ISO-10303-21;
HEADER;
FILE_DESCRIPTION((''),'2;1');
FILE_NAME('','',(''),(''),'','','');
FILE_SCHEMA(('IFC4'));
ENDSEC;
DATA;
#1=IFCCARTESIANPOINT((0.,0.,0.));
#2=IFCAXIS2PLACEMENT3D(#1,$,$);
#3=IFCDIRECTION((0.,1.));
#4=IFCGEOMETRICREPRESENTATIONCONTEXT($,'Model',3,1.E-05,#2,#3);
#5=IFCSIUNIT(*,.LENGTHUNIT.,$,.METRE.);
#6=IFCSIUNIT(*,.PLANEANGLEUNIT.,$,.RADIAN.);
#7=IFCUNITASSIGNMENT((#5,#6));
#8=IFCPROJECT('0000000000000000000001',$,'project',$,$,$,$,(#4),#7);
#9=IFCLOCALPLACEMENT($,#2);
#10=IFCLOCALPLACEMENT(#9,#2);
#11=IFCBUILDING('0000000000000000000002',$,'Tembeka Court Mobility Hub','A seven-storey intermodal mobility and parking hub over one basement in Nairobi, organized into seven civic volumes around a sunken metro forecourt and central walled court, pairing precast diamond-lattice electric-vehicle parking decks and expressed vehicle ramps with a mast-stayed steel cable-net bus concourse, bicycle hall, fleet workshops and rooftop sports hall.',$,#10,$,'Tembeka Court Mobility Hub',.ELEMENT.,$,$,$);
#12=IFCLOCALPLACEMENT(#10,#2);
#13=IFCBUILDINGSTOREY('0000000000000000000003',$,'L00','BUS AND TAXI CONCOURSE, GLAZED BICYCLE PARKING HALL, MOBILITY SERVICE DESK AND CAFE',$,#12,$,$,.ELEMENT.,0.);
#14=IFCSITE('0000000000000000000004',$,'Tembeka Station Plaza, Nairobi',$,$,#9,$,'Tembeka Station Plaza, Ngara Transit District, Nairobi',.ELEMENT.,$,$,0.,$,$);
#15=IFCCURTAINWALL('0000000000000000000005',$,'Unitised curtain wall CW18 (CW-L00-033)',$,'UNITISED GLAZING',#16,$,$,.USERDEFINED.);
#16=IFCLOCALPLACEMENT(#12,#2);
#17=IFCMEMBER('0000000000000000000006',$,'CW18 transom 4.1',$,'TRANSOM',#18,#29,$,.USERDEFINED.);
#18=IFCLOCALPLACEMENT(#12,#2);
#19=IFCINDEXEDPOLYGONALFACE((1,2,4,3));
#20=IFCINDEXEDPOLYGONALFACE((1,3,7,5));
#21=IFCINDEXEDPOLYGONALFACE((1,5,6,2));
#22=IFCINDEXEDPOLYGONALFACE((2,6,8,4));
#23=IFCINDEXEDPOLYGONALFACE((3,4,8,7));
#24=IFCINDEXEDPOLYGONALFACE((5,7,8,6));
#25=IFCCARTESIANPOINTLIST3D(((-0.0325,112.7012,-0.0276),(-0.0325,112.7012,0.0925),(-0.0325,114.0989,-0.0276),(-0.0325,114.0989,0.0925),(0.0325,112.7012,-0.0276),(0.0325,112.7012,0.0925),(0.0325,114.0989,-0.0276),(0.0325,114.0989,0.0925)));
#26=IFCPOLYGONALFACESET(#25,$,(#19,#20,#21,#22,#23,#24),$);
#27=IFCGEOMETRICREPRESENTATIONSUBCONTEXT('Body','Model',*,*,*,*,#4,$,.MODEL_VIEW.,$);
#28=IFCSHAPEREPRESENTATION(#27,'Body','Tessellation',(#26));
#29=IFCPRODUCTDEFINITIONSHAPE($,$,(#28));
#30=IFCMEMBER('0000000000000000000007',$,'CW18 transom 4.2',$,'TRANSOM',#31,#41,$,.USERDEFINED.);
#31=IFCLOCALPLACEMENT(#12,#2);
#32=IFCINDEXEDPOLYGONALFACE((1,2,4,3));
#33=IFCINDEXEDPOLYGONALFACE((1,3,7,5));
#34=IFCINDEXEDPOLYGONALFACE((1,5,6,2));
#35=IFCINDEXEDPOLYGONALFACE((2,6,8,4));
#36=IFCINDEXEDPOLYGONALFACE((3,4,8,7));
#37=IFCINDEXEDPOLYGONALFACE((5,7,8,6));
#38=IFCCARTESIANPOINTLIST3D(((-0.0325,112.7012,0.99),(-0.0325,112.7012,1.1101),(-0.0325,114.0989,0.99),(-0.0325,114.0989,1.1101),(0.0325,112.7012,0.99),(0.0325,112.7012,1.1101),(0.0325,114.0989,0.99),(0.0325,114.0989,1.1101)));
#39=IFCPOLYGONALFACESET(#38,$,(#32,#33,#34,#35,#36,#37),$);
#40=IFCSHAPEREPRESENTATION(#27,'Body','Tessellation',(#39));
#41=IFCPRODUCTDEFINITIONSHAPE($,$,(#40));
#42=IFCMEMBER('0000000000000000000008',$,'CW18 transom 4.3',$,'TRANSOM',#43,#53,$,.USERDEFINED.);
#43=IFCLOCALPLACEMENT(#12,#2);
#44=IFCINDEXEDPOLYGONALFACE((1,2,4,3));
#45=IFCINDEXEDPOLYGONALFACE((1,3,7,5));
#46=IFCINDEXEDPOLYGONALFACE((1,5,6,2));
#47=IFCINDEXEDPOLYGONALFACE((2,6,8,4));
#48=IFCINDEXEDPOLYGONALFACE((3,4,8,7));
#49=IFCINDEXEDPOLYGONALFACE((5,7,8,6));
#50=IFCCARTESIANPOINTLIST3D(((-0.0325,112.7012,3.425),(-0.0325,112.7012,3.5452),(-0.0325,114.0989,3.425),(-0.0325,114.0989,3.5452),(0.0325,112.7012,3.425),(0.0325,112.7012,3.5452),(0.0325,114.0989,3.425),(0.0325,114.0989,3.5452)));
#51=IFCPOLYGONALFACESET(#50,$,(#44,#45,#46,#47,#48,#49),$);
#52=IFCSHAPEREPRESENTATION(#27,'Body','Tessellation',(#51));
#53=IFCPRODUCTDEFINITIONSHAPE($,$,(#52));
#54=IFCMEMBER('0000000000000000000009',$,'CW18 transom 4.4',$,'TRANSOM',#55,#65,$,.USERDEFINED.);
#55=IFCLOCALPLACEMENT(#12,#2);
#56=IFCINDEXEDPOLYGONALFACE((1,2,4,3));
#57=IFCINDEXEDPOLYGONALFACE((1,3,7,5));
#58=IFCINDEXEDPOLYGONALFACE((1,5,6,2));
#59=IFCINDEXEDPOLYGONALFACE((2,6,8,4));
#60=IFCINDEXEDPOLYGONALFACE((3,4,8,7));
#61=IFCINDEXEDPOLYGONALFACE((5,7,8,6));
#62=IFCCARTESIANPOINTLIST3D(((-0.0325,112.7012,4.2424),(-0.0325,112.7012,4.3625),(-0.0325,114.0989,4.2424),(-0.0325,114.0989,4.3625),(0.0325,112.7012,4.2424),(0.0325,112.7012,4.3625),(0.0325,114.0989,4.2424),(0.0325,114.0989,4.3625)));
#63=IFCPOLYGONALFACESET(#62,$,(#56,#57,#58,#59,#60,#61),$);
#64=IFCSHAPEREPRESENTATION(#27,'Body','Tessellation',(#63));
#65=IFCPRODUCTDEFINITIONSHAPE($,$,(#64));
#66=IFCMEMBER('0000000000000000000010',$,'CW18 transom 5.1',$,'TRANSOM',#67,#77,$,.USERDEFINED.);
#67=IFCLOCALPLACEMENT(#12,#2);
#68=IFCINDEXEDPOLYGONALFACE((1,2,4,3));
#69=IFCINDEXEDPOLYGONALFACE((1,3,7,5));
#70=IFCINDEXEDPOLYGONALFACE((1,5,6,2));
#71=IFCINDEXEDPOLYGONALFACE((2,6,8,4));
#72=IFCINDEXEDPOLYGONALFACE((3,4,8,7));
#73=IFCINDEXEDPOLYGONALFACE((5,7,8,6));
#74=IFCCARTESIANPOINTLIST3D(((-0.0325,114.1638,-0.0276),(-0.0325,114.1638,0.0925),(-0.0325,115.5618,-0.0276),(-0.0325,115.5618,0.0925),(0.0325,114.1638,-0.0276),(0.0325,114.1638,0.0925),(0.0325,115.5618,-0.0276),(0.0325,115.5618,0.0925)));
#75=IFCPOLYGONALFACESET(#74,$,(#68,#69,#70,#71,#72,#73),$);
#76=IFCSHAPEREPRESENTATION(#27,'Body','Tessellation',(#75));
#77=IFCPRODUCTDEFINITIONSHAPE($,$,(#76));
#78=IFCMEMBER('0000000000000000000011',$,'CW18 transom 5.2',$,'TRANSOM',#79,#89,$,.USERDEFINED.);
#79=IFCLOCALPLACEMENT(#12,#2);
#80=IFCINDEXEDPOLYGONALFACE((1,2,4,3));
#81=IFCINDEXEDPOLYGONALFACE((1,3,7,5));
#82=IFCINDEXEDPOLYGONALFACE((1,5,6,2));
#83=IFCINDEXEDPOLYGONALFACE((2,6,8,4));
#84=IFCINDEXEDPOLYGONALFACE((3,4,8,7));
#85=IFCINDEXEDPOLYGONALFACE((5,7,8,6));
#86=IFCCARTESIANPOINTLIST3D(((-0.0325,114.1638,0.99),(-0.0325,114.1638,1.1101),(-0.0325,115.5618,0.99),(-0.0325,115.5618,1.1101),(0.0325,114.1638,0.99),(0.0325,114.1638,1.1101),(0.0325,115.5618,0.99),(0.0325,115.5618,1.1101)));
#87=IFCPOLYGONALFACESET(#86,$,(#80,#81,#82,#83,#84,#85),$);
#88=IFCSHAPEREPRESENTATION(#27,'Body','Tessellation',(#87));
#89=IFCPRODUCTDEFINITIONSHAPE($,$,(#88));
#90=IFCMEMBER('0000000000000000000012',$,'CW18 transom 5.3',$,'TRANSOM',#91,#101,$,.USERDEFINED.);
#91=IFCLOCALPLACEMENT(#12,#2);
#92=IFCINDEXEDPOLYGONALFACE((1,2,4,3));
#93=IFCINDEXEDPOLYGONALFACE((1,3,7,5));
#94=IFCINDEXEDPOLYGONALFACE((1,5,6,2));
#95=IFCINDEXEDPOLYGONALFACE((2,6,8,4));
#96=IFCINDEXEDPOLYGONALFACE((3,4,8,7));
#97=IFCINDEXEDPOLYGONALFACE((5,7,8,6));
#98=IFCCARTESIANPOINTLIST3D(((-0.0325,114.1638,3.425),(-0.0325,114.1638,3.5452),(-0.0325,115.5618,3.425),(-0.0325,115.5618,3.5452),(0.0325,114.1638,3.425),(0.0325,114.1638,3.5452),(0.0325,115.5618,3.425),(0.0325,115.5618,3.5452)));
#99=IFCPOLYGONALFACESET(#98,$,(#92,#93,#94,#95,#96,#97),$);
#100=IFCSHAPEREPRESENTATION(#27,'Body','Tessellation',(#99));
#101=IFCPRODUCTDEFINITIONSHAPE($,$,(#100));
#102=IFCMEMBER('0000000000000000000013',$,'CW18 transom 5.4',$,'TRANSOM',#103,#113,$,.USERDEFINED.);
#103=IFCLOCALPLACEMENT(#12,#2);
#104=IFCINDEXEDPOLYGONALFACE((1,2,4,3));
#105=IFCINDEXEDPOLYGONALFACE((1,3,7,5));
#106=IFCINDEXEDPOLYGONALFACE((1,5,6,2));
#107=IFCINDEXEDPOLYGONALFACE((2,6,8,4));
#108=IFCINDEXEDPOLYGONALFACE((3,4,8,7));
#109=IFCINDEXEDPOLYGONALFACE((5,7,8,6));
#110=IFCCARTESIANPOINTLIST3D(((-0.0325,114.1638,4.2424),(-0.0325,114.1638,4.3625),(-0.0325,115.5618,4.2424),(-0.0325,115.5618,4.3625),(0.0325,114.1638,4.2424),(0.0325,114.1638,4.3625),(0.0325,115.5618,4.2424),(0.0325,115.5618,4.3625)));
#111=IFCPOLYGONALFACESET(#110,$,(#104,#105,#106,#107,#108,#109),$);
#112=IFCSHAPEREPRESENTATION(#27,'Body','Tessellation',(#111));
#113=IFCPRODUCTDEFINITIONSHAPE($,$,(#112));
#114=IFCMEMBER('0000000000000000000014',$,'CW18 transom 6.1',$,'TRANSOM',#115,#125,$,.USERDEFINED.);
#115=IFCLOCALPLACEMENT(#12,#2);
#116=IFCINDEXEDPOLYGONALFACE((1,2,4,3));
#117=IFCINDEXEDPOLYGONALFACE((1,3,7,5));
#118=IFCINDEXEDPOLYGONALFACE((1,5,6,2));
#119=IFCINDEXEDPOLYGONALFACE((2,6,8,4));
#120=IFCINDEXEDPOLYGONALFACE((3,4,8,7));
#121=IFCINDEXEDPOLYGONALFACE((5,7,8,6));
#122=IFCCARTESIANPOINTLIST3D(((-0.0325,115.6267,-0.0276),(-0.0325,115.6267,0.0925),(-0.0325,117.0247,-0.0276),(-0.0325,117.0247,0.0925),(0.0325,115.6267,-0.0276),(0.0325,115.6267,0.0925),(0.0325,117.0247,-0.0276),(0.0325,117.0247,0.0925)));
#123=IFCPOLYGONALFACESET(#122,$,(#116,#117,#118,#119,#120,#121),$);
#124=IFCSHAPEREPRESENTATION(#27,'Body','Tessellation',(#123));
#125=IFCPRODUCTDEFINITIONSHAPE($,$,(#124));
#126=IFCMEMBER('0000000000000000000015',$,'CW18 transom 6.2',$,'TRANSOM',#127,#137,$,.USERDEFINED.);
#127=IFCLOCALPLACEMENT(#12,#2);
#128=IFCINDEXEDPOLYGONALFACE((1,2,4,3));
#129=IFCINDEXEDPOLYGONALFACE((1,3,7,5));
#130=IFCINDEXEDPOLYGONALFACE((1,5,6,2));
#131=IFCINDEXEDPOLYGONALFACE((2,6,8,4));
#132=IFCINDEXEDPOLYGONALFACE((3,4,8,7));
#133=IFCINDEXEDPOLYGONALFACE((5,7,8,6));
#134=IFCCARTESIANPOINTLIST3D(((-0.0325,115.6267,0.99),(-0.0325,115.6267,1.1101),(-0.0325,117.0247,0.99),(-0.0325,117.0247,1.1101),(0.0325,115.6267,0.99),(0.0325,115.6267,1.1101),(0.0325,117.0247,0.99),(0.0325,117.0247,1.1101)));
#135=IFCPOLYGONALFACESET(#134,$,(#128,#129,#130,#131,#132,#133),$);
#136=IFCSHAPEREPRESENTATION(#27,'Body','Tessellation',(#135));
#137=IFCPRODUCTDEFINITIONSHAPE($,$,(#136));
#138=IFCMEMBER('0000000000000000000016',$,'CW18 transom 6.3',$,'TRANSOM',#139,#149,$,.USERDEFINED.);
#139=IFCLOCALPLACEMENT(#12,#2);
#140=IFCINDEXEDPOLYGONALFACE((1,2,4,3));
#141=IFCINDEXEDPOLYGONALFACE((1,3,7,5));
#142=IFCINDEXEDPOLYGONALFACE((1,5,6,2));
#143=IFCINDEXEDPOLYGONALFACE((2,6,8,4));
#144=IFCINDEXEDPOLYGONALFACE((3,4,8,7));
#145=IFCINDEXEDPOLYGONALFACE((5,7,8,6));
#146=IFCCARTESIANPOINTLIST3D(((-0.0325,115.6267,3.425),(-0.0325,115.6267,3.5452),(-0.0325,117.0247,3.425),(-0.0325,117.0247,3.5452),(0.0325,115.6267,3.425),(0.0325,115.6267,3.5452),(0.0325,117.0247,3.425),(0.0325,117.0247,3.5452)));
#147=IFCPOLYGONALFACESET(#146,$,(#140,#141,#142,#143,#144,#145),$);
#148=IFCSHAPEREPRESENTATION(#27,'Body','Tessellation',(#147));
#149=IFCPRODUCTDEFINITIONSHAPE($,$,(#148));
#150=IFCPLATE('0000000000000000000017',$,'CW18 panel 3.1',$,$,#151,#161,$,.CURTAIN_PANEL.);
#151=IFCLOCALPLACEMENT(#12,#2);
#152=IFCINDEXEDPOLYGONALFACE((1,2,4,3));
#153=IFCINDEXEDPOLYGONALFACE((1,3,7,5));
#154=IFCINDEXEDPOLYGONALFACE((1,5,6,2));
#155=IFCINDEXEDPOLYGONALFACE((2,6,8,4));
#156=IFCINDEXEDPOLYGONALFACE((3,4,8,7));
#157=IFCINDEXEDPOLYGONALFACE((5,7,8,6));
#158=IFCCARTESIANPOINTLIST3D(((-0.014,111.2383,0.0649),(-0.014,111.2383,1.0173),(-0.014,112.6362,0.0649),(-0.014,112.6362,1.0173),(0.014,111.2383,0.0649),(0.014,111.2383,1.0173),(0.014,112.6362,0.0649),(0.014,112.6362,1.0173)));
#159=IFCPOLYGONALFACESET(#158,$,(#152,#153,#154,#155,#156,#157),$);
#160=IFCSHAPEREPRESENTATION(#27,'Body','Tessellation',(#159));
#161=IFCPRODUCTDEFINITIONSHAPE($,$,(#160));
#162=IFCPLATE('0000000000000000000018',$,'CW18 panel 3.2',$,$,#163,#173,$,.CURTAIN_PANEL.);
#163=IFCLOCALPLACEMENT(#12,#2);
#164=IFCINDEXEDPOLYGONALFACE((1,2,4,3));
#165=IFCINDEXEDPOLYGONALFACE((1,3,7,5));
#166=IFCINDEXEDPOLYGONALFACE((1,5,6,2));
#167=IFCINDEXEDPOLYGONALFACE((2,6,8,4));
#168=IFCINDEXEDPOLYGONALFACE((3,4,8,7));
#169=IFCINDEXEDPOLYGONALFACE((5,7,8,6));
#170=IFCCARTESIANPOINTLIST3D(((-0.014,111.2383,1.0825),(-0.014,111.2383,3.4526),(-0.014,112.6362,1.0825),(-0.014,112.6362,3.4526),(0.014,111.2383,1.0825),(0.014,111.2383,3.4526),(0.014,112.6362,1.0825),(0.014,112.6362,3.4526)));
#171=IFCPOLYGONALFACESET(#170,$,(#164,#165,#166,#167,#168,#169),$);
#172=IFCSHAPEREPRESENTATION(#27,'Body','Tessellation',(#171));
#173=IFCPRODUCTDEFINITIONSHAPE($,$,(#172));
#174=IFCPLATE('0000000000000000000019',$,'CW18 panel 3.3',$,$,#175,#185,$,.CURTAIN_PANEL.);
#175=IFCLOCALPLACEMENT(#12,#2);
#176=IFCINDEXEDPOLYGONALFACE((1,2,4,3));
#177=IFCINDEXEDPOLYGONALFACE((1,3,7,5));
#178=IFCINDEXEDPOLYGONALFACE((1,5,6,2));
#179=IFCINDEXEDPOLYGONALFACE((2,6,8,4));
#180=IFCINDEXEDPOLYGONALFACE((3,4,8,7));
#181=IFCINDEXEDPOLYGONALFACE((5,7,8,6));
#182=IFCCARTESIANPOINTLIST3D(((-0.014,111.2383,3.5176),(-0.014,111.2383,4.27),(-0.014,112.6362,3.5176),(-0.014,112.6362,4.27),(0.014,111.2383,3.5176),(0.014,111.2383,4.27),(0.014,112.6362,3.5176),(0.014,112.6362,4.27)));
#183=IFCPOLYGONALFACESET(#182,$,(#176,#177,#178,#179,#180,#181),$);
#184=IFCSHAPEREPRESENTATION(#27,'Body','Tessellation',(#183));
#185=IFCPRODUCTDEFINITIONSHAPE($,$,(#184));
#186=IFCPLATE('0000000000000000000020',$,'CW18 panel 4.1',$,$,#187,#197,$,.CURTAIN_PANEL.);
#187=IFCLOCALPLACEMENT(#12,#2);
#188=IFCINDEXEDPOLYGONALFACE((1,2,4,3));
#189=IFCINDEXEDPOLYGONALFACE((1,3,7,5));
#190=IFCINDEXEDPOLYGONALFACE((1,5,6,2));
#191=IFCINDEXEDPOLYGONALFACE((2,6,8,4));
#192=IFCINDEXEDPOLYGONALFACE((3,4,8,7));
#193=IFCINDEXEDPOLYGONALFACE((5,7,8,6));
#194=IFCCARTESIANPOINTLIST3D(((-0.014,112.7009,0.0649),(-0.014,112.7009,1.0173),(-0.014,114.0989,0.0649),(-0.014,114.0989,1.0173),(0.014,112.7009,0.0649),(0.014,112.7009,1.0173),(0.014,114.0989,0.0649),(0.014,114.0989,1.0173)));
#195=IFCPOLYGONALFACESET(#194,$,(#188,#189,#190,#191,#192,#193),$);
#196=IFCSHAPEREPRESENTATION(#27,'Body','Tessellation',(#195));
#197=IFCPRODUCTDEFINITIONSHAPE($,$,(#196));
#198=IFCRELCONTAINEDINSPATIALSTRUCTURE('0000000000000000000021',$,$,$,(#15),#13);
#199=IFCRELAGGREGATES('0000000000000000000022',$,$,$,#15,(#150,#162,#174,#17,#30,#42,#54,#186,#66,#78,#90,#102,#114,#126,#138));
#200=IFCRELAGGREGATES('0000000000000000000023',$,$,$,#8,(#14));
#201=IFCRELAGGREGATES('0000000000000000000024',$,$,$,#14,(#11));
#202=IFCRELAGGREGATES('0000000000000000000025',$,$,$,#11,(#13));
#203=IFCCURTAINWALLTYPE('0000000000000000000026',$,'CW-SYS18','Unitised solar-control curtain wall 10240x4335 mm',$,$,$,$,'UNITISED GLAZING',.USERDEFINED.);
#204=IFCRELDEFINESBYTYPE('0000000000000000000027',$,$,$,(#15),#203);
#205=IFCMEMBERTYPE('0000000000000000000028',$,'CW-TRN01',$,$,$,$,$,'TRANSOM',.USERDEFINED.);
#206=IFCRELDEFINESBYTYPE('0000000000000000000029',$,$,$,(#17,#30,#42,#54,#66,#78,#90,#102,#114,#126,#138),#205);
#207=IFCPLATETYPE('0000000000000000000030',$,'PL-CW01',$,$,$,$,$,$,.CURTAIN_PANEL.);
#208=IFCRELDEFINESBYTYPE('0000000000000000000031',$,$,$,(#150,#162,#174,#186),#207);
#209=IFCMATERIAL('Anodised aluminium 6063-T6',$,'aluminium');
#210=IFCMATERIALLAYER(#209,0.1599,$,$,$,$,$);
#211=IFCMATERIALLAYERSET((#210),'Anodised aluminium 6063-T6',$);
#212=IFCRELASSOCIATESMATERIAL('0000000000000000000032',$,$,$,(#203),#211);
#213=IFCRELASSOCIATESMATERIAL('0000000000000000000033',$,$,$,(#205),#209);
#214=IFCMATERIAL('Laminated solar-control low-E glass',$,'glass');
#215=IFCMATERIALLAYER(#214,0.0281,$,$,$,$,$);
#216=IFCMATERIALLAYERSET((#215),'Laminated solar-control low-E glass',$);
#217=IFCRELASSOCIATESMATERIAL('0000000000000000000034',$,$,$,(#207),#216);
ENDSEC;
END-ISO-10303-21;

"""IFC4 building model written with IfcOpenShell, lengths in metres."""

from ifc_helpers import new_model, si_unit, direction, frame, origin, origin_2d, place, context, subcontext, project, spatial, rectangle, extrude, material, layer, layer_set, material_profile, profile_set, type_object, element, aggregate, save


model = new_model("IFC4")

# Units and contexts
model_context = context("Model", 3, precision=1e-05, world=origin(), true_north=direction((0.0, 1.0)))
body_context = subcontext(model_context, "Body", "Model", "MODEL_VIEW")
ifc_project = project(units=[si_unit("LENGTHUNIT", "METRE"), si_unit("PLANEANGLEUNIT", "RADIAN")], contexts=[model_context])

# Site, building, storey
site_placement = place(None, origin())
site = spatial("IfcSite", under=ifc_project, at=site_placement, Name="Tembeka Station Plaza, Nairobi", LongName="Tembeka Station Plaza, Ngara Transit District, Nairobi", CompositionType="ELEMENT", RefElevation=0.0)
building_placement = place(site_placement, origin())
building = spatial("IfcBuilding", under=site, at=building_placement, Name="Tembeka Court Mobility Hub", Description="A seven-storey intermodal mobility and parking hub over one basement in Nairobi, organized into seven civic volumes around a sunken metro forecourt and central walled court, pairing precast diamond-lattice electric-vehicle parking decks and expressed vehicle ramps with a mast-stayed steel cable-net bus concourse, bicycle hall, fleet workshops and rooftop sports hall.", LongName="Tembeka Court Mobility Hub", CompositionType="ELEMENT")
storey_placement = place(building_placement, origin())
storey = spatial("IfcBuildingStorey", under=building, at=storey_placement, Name="L00", Description="BUS AND TAXI CONCOURSE, GLAZED BICYCLE PARKING HALL, MOBILITY SERVICE DESK AND CAFE", CompositionType="ELEMENT", Elevation=0.0)

# Curtain wall, members, plates
ifc_material_1 = material(Name="Anodised aluminium 6063-T6", Category="aluminium")
ifc_layer_1 = layer(ifc_material_1, 0.1599)
ifc_layer_set_1 = layer_set([ifc_layer_1], Name="Anodised aluminium 6063-T6")
curtain_wall_type = type_object("IfcCurtainWallType", Name="CW-SYS18", Description="Unitised solar-control curtain wall 10240x4335 mm", ElementType="UNITISED GLAZING", PredefinedType="USERDEFINED", material=ifc_layer_set_1)
curtain_wall_placement = place(storey_placement, origin())
curtain_wall = element("IfcCurtainWall", 1, at=curtain_wall_placement, inside=storey, type_object=curtain_wall_type, Name="Unitised curtain wall CW18 (CW-L00-033)", ObjectType="UNITISED GLAZING", PredefinedType="USERDEFINED")
ifc_material_profile_1 = material_profile(ifc_material_1, rectangle(XDim=0.0649, YDim=0.1201, at=origin_2d()), Name="ALU-TRN 65x120")
ifc_profile_set_1 = profile_set([ifc_material_profile_1], Name="Anodised aluminium 6063-T6")
member_type_1 = type_object("IfcMemberType", Name="CW-TRN01", ElementType="TRANSOM", PredefinedType="USERDEFINED", material=ifc_profile_set_1)
member_1_placement = place(storey_placement, frame((0.0, 112.7012, 0.0325), z_axis=(0.0, 1.0, 0.0), x_axis=(-1.0, 0.0, 0.0)))
member_1 = element("IfcMember", 2, at=member_1_placement, type_object=member_type_1, Name="CW18 transom 4.1", ObjectType="TRANSOM", PredefinedType="USERDEFINED", context=body_context, shape_type="SweptSolid", body=[
    extrude(rectangle(XDim=0.0649, YDim=0.1201, at=origin_2d()), origin(), (0.0, 0.0, 1.0), 1.3977),
])
member_2_placement = place(storey_placement, frame((0.0, 112.7012, 1.05), z_axis=(0.0, 1.0, 0.0), x_axis=(-1.0, 0.0, 0.0)))
member_2 = element("IfcMember", 3, at=member_2_placement, type_object=member_type_1, Name="CW18 transom 4.2", ObjectType="TRANSOM", PredefinedType="USERDEFINED", context=body_context, shape_type="SweptSolid", body=[
    extrude(rectangle(XDim=0.0649, YDim=0.1201, at=origin_2d()), origin(), (0.0, 0.0, 1.0), 1.3977),
])
member_3_placement = place(storey_placement, frame((0.0, 112.7012, 3.4851), z_axis=(0.0, 1.0, 0.0), x_axis=(-1.0, 0.0, 0.0)))
member_3 = element("IfcMember", 4, at=member_3_placement, type_object=member_type_1, Name="CW18 transom 4.3", ObjectType="TRANSOM", PredefinedType="USERDEFINED", context=body_context, shape_type="SweptSolid", body=[
    extrude(rectangle(XDim=0.0649, YDim=0.1201, at=origin_2d()), origin(), (0.0, 0.0, 1.0), 1.3977),
])
member_4_placement = place(storey_placement, frame((0.0, 112.7012, 4.3025), z_axis=(0.0, 1.0, 0.0), x_axis=(-1.0, 0.0, 0.0)))
member_4 = element("IfcMember", 5, at=member_4_placement, type_object=member_type_1, Name="CW18 transom 4.4", ObjectType="TRANSOM", PredefinedType="USERDEFINED", context=body_context, shape_type="SweptSolid", body=[
    extrude(rectangle(XDim=0.0649, YDim=0.1201, at=origin_2d()), origin(), (0.0, 0.0, 1.0), 1.3977),
])
member_5_placement = place(storey_placement, frame((0.0, 114.1638, 0.0325), z_axis=(0.0, 1.0, 0.0), x_axis=(-1.0, 0.0, 0.0)))
member_5 = element("IfcMember", 6, at=member_5_placement, type_object=member_type_1, Name="CW18 transom 5.1", ObjectType="TRANSOM", PredefinedType="USERDEFINED", context=body_context, shape_type="SweptSolid", body=[
    extrude(rectangle(XDim=0.0649, YDim=0.1201, at=origin_2d()), origin(), (0.0, 0.0, 1.0), 1.3979),
])
member_6_placement = place(storey_placement, frame((0.0, 114.1638, 1.05), z_axis=(0.0, 1.0, 0.0), x_axis=(-1.0, 0.0, 0.0)))
member_6 = element("IfcMember", 7, at=member_6_placement, type_object=member_type_1, Name="CW18 transom 5.2", ObjectType="TRANSOM", PredefinedType="USERDEFINED", context=body_context, shape_type="SweptSolid", body=[
    extrude(rectangle(XDim=0.0649, YDim=0.1201, at=origin_2d()), origin(), (0.0, 0.0, 1.0), 1.3979),
])
member_7_placement = place(storey_placement, frame((0.0, 114.1638, 3.4851), z_axis=(0.0, 1.0, 0.0), x_axis=(-1.0, 0.0, 0.0)))
member_7 = element("IfcMember", 8, at=member_7_placement, type_object=member_type_1, Name="CW18 transom 5.3", ObjectType="TRANSOM", PredefinedType="USERDEFINED", context=body_context, shape_type="SweptSolid", body=[
    extrude(rectangle(XDim=0.0649, YDim=0.1201, at=origin_2d()), origin(), (0.0, 0.0, 1.0), 1.3979),
])
member_8_placement = place(storey_placement, frame((0.0, 114.1638, 4.3025), z_axis=(0.0, 1.0, 0.0), x_axis=(-1.0, 0.0, 0.0)))
member_8 = element("IfcMember", 9, at=member_8_placement, type_object=member_type_1, Name="CW18 transom 5.4", ObjectType="TRANSOM", PredefinedType="USERDEFINED", context=body_context, shape_type="SweptSolid", body=[
    extrude(rectangle(XDim=0.0649, YDim=0.1201, at=origin_2d()), origin(), (0.0, 0.0, 1.0), 1.3979),
])
member_9_placement = place(storey_placement, frame((0.0, 115.6267, 0.0325), z_axis=(0.0, 1.0, 0.0), x_axis=(-1.0, 0.0, 0.0)))
member_9 = element("IfcMember", 10, at=member_9_placement, type_object=member_type_1, Name="CW18 transom 6.1", ObjectType="TRANSOM", PredefinedType="USERDEFINED", context=body_context, shape_type="SweptSolid", body=[
    extrude(rectangle(XDim=0.0649, YDim=0.1201, at=origin_2d()), origin(), (0.0, 0.0, 1.0), 1.3979),
])
member_10_placement = place(storey_placement, frame((0.0, 115.6267, 1.05), z_axis=(0.0, 1.0, 0.0), x_axis=(-1.0, 0.0, 0.0)))
member_10 = element("IfcMember", 11, at=member_10_placement, type_object=member_type_1, Name="CW18 transom 6.2", ObjectType="TRANSOM", PredefinedType="USERDEFINED", context=body_context, shape_type="SweptSolid", body=[
    extrude(rectangle(XDim=0.0649, YDim=0.1201, at=origin_2d()), origin(), (0.0, 0.0, 1.0), 1.3979),
])
member_11_placement = place(storey_placement, frame((0.0, 115.6267, 3.4851), z_axis=(0.0, 1.0, 0.0), x_axis=(-1.0, 0.0, 0.0)))
member_11 = element("IfcMember", 12, at=member_11_placement, type_object=member_type_1, Name="CW18 transom 6.3", ObjectType="TRANSOM", PredefinedType="USERDEFINED", context=body_context, shape_type="SweptSolid", body=[
    extrude(rectangle(XDim=0.0649, YDim=0.1201, at=origin_2d()), origin(), (0.0, 0.0, 1.0), 1.3979),
])
ifc_material_2 = material(Name="Laminated solar-control low-E glass", Category="glass")
ifc_layer_2 = layer(ifc_material_2, 0.0281)
ifc_layer_set_2 = layer_set([ifc_layer_2], Name="Laminated solar-control low-E glass")
plate_type = type_object("IfcPlateType", Name="PL-CW01", PredefinedType="CURTAIN_PANEL", material=ifc_layer_set_2)
plate_1_placement = place(storey_placement, frame((0.0, 111.9373, 0.0649), z_axis=(0.0, 0.0, 1.0), x_axis=(0.0, 1.0, 0.0)))
plate_1 = element("IfcPlate", 13, at=plate_1_placement, type_object=plate_type, Name="CW18 panel 3.1", PredefinedType="CURTAIN_PANEL", context=body_context, shape_type="SweptSolid", body=[
    extrude(rectangle(XDim=1.3979, YDim=0.0281, at=origin_2d()), origin(), (0.0, 0.0, 1.0), 0.9524),
])
plate_2_placement = place(storey_placement, frame((0.0, 111.9373, 1.0825), z_axis=(0.0, 0.0, 1.0), x_axis=(0.0, 1.0, 0.0)))
plate_2 = element("IfcPlate", 14, at=plate_2_placement, type_object=plate_type, Name="CW18 panel 3.2", PredefinedType="CURTAIN_PANEL", context=body_context, shape_type="SweptSolid", body=[
    extrude(rectangle(XDim=1.3979, YDim=0.0281, at=origin_2d()), origin(), (0.0, 0.0, 1.0), 2.3701),
])
plate_3_placement = place(storey_placement, frame((0.0, 111.9373, 3.5176), z_axis=(0.0, 0.0, 1.0), x_axis=(0.0, 1.0, 0.0)))
plate_3 = element("IfcPlate", 15, at=plate_3_placement, type_object=plate_type, Name="CW18 panel 3.3", PredefinedType="CURTAIN_PANEL", context=body_context, shape_type="SweptSolid", body=[
    extrude(rectangle(XDim=1.3979, YDim=0.0281, at=origin_2d()), origin(), (0.0, 0.0, 1.0), 0.7524),
])
plate_4_placement = place(storey_placement, frame((0.0, 113.3999, 0.0649), z_axis=(0.0, 0.0, 1.0), x_axis=(0.0, 1.0, 0.0)))
plate_4 = element("IfcPlate", 16, at=plate_4_placement, type_object=plate_type, Name="CW18 panel 4.1", PredefinedType="CURTAIN_PANEL", context=body_context, shape_type="SweptSolid", body=[
    extrude(rectangle(XDim=1.3979, YDim=0.0281, at=origin_2d()), origin(), (0.0, 0.0, 1.0), 0.9524),
])
aggregate(curtain_wall, [plate_1, plate_2, plate_3, member_1, member_2, member_3, member_4, plate_4, member_5, member_6, member_7, member_8, member_9, member_10, member_11])

save(model, "model.ifc")
